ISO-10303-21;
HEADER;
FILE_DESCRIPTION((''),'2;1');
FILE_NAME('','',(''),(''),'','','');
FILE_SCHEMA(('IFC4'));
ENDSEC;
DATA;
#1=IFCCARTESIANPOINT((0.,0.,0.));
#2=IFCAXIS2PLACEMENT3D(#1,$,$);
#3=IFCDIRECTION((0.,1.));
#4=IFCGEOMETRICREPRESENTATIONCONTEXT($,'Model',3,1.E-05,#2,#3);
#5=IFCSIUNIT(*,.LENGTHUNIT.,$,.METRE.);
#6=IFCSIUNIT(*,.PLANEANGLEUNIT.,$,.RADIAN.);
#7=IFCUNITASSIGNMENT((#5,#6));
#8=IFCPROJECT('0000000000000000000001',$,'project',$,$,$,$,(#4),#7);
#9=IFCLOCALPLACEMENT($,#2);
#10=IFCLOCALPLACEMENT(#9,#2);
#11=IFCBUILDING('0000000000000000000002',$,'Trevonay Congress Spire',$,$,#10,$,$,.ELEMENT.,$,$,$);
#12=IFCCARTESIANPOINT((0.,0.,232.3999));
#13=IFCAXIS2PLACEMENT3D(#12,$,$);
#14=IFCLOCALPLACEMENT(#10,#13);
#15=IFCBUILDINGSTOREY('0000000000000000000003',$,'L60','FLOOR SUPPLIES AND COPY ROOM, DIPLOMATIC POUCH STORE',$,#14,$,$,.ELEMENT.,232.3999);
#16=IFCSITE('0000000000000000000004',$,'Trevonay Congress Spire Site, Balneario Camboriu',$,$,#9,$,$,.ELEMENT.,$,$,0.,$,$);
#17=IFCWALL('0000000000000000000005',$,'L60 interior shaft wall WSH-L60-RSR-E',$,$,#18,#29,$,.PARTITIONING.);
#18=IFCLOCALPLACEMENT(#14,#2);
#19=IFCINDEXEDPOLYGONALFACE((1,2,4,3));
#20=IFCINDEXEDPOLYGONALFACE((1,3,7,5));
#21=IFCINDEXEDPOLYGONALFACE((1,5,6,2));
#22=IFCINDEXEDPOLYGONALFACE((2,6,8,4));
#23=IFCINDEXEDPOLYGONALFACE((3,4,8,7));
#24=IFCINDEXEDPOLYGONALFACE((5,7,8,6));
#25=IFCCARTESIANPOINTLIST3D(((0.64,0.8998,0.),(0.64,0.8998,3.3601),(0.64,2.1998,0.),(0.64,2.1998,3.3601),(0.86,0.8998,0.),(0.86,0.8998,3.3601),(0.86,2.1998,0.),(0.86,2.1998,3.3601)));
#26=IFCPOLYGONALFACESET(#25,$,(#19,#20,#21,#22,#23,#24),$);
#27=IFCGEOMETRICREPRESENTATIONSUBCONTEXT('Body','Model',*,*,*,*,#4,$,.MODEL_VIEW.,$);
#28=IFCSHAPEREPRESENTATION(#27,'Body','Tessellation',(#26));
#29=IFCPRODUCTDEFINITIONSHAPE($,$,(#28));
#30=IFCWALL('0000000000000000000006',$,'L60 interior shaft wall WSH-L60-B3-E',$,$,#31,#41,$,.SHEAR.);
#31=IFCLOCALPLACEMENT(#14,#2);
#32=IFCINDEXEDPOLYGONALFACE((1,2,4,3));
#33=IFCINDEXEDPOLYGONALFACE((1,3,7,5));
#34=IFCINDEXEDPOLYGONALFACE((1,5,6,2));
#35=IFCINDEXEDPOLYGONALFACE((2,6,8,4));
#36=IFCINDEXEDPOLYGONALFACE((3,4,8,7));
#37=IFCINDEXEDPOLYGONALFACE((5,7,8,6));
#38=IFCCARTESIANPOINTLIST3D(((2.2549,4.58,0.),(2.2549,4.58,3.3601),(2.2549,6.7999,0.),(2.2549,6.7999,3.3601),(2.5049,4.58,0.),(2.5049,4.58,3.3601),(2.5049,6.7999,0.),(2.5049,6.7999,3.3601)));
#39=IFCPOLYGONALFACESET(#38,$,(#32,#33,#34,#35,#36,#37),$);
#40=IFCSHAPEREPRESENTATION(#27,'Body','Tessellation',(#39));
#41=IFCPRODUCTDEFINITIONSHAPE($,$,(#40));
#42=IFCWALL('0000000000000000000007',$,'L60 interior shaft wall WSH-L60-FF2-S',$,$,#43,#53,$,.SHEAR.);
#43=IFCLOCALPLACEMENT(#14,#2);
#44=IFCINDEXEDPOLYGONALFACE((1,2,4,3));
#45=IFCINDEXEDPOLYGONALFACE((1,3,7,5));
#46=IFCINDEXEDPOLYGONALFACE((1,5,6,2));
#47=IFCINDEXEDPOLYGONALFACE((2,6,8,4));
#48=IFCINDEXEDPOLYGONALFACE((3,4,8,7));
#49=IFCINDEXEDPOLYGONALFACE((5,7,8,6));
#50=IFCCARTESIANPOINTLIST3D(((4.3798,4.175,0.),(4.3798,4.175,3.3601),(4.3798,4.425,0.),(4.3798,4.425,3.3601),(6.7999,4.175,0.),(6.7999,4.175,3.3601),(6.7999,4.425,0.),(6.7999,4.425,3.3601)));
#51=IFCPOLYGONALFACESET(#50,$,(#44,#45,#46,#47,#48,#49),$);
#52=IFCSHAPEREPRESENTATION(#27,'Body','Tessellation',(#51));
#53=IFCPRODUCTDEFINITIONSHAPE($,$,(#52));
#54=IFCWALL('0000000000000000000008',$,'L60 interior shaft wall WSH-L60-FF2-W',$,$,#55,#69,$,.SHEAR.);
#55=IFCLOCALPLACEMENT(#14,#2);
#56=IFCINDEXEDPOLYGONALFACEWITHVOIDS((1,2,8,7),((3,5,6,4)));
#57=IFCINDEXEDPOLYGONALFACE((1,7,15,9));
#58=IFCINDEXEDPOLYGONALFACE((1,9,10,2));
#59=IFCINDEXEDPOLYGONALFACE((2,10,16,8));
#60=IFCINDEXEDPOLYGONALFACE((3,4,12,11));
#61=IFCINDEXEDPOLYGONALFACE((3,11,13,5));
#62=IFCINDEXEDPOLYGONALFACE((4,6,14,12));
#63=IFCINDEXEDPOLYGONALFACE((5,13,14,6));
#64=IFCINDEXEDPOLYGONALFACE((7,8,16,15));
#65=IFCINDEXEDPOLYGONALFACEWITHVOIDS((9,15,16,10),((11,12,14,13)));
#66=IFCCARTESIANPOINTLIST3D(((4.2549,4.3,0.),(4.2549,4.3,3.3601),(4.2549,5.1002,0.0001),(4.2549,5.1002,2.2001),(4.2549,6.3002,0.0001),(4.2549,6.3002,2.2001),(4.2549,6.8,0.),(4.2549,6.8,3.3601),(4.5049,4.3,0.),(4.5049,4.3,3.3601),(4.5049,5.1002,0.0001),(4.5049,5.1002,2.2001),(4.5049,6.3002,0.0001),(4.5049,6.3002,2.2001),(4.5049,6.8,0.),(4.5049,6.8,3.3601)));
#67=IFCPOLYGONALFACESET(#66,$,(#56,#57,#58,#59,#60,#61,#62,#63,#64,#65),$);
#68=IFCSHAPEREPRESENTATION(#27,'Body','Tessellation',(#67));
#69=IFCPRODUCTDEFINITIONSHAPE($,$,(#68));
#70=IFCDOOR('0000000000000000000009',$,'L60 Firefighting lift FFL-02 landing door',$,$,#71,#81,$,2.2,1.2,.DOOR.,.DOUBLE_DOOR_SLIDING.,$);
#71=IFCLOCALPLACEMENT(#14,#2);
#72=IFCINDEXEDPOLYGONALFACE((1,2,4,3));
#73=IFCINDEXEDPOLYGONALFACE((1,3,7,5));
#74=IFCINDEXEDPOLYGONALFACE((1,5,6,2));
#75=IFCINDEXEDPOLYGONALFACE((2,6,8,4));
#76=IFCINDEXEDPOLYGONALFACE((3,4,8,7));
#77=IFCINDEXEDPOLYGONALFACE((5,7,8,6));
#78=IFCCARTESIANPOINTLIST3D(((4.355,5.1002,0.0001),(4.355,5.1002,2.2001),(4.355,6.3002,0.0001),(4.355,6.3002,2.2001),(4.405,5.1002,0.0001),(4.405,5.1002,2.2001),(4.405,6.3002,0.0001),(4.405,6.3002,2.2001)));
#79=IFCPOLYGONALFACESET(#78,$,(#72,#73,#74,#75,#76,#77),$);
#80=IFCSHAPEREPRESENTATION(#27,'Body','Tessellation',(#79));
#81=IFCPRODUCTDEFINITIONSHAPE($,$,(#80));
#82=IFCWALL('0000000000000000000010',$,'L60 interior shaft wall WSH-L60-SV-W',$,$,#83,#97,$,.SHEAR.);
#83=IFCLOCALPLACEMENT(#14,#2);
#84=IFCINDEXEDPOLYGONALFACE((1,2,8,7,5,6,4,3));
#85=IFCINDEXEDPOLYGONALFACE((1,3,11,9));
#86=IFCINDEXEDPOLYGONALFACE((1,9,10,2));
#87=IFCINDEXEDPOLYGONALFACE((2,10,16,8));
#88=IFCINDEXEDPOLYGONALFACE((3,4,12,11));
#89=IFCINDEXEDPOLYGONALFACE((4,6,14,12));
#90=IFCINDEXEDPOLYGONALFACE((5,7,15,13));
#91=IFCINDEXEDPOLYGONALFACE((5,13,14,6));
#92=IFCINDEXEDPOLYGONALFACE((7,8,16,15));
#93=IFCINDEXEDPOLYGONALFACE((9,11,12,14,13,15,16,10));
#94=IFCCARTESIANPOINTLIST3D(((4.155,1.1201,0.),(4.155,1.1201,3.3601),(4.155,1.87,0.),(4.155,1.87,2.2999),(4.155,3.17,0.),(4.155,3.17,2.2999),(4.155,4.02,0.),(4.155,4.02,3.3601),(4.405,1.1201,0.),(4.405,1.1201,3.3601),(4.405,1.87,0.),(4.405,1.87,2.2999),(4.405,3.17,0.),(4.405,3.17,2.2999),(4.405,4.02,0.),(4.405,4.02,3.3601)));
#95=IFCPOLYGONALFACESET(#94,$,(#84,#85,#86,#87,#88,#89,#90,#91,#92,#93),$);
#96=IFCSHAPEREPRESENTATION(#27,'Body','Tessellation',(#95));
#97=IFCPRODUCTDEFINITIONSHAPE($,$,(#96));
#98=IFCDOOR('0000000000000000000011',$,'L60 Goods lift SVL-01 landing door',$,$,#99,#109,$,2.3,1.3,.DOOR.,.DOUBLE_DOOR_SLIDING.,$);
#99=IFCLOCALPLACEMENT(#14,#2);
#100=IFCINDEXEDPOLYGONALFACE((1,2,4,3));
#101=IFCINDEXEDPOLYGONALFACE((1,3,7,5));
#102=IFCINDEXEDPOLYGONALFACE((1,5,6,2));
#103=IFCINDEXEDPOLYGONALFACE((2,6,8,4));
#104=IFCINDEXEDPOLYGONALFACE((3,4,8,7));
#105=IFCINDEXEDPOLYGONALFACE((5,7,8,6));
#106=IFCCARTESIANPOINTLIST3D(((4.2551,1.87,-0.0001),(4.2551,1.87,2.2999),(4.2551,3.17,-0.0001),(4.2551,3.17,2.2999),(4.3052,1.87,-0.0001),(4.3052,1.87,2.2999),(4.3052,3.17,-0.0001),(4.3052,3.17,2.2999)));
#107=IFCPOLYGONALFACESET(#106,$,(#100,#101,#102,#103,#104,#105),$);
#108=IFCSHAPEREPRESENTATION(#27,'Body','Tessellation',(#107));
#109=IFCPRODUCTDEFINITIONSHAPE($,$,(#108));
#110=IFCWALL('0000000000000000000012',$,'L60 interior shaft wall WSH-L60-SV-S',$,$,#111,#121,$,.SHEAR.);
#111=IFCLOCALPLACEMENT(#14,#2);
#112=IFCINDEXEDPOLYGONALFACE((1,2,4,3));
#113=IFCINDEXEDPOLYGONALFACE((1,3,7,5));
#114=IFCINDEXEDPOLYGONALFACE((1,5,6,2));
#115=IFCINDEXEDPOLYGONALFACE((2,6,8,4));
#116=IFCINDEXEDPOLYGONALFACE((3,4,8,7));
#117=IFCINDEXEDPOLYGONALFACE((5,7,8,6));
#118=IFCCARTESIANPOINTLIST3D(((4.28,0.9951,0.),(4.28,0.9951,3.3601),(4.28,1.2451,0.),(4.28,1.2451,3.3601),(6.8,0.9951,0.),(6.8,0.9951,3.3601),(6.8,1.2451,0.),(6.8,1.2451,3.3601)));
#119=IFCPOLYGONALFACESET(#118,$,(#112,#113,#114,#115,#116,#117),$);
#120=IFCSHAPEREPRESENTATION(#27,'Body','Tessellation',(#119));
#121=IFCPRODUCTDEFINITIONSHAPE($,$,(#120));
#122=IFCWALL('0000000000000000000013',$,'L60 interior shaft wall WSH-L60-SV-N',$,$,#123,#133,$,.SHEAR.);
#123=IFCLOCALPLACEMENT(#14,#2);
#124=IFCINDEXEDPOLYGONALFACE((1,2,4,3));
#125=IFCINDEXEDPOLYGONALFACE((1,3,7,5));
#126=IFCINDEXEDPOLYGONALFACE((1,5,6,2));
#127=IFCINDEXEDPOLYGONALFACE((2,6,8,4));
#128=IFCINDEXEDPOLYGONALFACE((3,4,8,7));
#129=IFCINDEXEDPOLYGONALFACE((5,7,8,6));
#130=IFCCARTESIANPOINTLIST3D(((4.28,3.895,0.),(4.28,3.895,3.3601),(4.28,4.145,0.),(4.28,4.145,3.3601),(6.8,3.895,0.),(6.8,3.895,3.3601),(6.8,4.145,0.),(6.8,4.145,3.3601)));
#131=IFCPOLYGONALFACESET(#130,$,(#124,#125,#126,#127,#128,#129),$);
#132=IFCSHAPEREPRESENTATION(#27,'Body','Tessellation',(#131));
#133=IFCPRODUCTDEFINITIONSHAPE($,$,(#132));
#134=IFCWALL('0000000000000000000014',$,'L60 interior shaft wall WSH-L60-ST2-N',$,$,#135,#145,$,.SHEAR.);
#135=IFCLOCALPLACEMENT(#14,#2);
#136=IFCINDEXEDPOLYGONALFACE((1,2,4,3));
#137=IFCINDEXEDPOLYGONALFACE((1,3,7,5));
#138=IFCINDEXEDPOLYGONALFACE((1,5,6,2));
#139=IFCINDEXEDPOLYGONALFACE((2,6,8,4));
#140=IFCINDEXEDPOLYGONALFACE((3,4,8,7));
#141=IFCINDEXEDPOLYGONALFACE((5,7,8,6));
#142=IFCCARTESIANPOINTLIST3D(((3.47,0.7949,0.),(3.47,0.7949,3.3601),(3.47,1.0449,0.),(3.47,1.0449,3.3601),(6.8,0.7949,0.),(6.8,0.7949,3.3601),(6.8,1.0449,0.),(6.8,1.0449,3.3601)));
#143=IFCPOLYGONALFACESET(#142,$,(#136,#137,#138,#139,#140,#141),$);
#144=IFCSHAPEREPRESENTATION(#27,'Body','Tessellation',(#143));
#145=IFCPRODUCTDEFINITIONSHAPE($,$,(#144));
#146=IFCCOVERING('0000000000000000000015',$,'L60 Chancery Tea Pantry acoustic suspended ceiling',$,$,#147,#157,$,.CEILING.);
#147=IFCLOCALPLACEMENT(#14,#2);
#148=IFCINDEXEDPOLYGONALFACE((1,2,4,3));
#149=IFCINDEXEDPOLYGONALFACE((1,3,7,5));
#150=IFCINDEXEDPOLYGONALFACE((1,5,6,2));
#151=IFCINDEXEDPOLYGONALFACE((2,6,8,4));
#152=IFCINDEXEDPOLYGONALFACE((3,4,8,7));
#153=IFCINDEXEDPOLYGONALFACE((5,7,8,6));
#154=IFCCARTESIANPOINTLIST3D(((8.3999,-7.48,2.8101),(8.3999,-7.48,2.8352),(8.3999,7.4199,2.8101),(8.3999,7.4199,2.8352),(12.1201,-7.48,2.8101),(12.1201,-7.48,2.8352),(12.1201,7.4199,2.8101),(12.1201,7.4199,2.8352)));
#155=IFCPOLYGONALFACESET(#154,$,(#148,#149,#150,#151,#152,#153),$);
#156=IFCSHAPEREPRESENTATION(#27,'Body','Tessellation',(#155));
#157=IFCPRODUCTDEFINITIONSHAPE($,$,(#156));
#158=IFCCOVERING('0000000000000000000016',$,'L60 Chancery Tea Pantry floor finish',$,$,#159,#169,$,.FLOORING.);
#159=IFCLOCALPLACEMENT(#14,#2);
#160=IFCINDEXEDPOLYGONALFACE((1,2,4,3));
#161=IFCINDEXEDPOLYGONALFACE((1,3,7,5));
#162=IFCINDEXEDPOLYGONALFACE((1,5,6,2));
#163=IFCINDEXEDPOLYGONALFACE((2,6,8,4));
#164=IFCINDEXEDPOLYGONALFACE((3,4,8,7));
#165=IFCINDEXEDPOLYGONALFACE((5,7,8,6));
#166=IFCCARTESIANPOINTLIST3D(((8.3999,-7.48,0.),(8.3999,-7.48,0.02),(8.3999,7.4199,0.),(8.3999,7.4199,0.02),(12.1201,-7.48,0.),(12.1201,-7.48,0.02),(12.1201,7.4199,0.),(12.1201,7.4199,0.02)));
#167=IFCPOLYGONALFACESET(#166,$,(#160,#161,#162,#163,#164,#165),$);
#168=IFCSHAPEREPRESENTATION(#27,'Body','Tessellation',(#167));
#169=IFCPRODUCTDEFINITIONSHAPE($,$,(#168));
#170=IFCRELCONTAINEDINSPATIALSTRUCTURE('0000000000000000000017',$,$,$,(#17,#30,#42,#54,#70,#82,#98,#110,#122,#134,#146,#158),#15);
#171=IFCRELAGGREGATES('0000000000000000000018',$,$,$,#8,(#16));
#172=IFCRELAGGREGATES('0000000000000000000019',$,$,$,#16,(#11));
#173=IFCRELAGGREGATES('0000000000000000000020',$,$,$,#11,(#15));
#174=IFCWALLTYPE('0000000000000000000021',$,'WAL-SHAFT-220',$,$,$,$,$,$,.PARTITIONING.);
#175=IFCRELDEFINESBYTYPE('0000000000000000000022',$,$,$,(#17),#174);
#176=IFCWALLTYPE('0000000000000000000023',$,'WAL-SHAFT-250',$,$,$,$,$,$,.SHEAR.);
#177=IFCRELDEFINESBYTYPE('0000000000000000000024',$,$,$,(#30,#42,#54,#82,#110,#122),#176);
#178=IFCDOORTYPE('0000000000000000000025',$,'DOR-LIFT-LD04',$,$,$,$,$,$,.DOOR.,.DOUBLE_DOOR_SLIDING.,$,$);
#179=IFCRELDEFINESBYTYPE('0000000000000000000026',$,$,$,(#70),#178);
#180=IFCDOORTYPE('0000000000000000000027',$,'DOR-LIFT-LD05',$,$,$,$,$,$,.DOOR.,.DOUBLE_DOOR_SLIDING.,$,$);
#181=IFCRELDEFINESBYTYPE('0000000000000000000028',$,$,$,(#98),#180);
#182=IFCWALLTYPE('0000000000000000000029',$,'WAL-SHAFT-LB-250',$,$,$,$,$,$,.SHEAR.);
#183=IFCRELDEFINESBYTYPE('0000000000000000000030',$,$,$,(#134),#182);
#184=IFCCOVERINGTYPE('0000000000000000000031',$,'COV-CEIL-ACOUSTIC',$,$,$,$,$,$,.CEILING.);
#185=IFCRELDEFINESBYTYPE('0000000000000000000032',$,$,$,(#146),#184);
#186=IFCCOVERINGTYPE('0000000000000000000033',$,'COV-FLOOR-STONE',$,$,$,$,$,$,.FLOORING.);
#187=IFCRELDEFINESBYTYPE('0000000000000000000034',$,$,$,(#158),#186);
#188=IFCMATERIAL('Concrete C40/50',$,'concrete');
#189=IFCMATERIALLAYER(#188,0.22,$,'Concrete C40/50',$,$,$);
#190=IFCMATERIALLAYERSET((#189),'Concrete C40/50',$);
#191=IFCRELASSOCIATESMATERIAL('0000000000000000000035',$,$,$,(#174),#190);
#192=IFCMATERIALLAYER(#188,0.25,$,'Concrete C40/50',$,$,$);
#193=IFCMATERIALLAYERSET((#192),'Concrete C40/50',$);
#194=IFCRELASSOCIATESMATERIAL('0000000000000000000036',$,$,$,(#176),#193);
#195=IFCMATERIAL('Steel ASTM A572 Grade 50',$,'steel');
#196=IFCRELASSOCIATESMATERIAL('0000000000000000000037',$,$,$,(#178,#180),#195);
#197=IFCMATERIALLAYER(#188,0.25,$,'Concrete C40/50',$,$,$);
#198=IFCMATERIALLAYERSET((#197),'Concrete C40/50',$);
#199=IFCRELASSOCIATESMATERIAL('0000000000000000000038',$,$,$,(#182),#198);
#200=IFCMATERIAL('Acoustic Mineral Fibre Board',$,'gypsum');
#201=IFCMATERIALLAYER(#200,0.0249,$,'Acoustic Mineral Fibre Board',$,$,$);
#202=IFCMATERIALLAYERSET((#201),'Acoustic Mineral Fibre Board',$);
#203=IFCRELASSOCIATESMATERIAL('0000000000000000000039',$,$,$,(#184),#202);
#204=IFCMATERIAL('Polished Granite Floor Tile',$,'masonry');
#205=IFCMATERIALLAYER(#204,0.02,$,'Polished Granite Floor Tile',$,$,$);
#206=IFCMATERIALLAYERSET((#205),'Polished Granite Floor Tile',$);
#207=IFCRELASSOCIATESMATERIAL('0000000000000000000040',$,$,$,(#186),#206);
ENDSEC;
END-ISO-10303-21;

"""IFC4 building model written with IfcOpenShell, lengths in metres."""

from ifc_helpers import new_model, si_unit, direction, frame, frame_2d, origin, place, context, subcontext, project, spatial, polyline, rectangle, outline, extrude, material, layer, layer_set, type_object, element, fill, save


model = new_model("IFC4")

# Units and contexts
model_context = context("Model", 3, precision=1e-05, world=origin(), true_north=direction((0.0, 1.0)))
body_context = subcontext(model_context, "Body", "Model", "MODEL_VIEW")
ifc_project = project(units=[si_unit("LENGTHUNIT", "METRE"), si_unit("PLANEANGLEUNIT", "RADIAN")], contexts=[model_context])

# Site, building, storey
site_placement = place(None, origin())
site = spatial("IfcSite", under=ifc_project, at=site_placement, Name="Trevonay Congress Spire Site, Balneario Camboriu", CompositionType="ELEMENT", RefElevation=0.0)
building_placement = place(site_placement, origin())
building = spatial("IfcBuilding", under=site, at=building_placement, Name="Trevonay Congress Spire", CompositionType="ELEMENT")
storey_placement = place(building_placement, frame((0.0, 0.0, 232.3999)))
storey = spatial("IfcBuildingStorey", under=building, at=storey_placement, Name="L60", Description="FLOOR SUPPLIES AND COPY ROOM, DIPLOMATIC POUCH STORE", CompositionType="ELEMENT", Elevation=232.3999)

# Shared definitions
ifc_material_1 = material(Name="Steel ASTM A572 Grade 50", Category="steel")

# Walls
ifc_material_2 = material(Name="Concrete C40/50", Category="concrete")
ifc_layer_1 = layer(ifc_material_2, 0.22, Name="Concrete C40/50")
ifc_layer_set_1 = layer_set([ifc_layer_1], Name="Concrete C40/50")
wall_type_1 = type_object("IfcWallType", Name="WAL-SHAFT-220", PredefinedType="PARTITIONING", material=ifc_layer_set_1)
wall_1_placement = place(storey_placement, frame((0.75, 0.8999, 0.0), z_axis=(0.0, 0.0, 1.0), x_axis=(0.0, 1.0, 0.0)))
element("IfcWall", 1, at=wall_1_placement, inside=storey, type_object=wall_type_1, Name="L60 interior shaft wall WSH-L60-RSR-E", PredefinedType="PARTITIONING", context=body_context, shape_type="SweptSolid", body=[
    extrude(rectangle(XDim=1.3, YDim=0.22, at=frame_2d((0.6499, 0.0))), origin(), (0.0, 0.0, 1.0), 3.3601),
])
ifc_layer_2 = layer(ifc_material_2, 0.25, Name="Concrete C40/50")
ifc_layer_set_2 = layer_set([ifc_layer_2], Name="Concrete C40/50")
wall_type_2 = type_object("IfcWallType", Name="WAL-SHAFT-250", PredefinedType="SHEAR", material=ifc_layer_set_2)
wall_2_placement = place(storey_placement, frame((2.3799, 4.5801, 0.0), z_axis=(0.0, 0.0, 1.0), x_axis=(0.0, 1.0, 0.0)))
element("IfcWall", 2, at=wall_2_placement, inside=storey, type_object=wall_type_2, Name="L60 interior shaft wall WSH-L60-B3-E", PredefinedType="SHEAR", context=body_context, shape_type="SweptSolid", body=[
    extrude(rectangle(XDim=2.22, YDim=0.25, at=frame_2d((1.1099, 0.0))), origin(), (0.0, 0.0, 1.0), 3.3601),
])
wall_3_placement = place(storey_placement, frame((4.3799, 4.3, 0.0), z_axis=(0.0, 0.0, 1.0), x_axis=(1.0, 0.0, 0.0)))
element("IfcWall", 3, at=wall_3_placement, inside=storey, type_object=wall_type_2, Name="L60 interior shaft wall WSH-L60-FF2-S", PredefinedType="SHEAR", context=body_context, shape_type="SweptSolid", body=[
    extrude(rectangle(XDim=2.4202, YDim=0.25, at=frame_2d((1.21, 0.0))), origin(), (0.0, 0.0, 1.0), 3.3601),
])

# Walls, openings, doors
wall_4_placement = place(storey_placement, frame((4.3799, 4.3, 0.0), z_axis=(0.0, 0.0, 1.0), x_axis=(0.0, 1.0, 0.0)))
wall_4 = element("IfcWall", 4, at=wall_4_placement, inside=storey, type_object=wall_type_2, Name="L60 interior shaft wall WSH-L60-FF2-W", PredefinedType="SHEAR", context=body_context, shape_type="SweptSolid", body=[
    extrude(rectangle(XDim=2.5, YDim=0.25, at=frame_2d((1.25, 0.0))), origin(), (0.0, 0.0, 1.0), 3.3601),
])
opening_1_placement = place(wall_4_placement, frame((0.8, 0.0, 0.0)))
opening_1 = element("IfcOpeningElement", 5, at=opening_1_placement, cuts=wall_4, PredefinedType="OPENING", context=body_context, shape_type="SweptSolid", body=[
    extrude(rectangle(XDim=1.2, YDim=2.2, at=frame_2d((0.6001, 1.1001))), frame((0.0, 0.135, 0.0), z_axis=(0.0, -1.0, 0.0), x_axis=(1.0, 0.0, 0.0)), (0.0, 0.0, 1.0), 0.27),
])
door_type_1 = type_object("IfcDoorType", Name="DOR-LIFT-LD04", OperationType="DOUBLE_DOOR_SLIDING", PredefinedType="DOOR", material=ifc_material_1)
door_1_placement = place(opening_1_placement, origin())
door_1 = element("IfcDoor", 6, at=door_1_placement, inside=storey, type_object=door_type_1, Name="L60 Firefighting lift FFL-02 landing door", OperationType="DOUBLE_DOOR_SLIDING", OverallHeight=2.2, OverallWidth=1.2, PredefinedType="DOOR", context=body_context, shape_type="SweptSolid", body=[
    extrude(rectangle(XDim=1.2, YDim=2.2, at=frame_2d((0.6001, 1.1001))), frame((0.0, 0.0249, 0.0), z_axis=(0.0, -1.0, 0.0), x_axis=(1.0, 0.0, 0.0)), (0.0, 0.0, 1.0), 0.05),
])
fill(opening_1, door_1)
wall_5_placement = place(storey_placement, frame((4.28, 1.1201, 0.0), z_axis=(0.0, 0.0, 1.0), x_axis=(0.0, 1.0, 0.0)))
wall_5 = element("IfcWall", 7, at=wall_5_placement, inside=storey, type_object=wall_type_2, Name="L60 interior shaft wall WSH-L60-SV-W", PredefinedType="SHEAR", context=body_context, shape_type="SweptSolid", body=[
    extrude(rectangle(XDim=2.8999, YDim=0.25, at=frame_2d((1.45, 0.0))), origin(), (0.0, 0.0, 1.0), 3.3601),
])
opening_2_placement = place(wall_5_placement, frame((0.75, 0.0, 0.0)))
opening_2 = element("IfcOpeningElement", 8, at=opening_2_placement, cuts=wall_5, PredefinedType="OPENING", context=body_context, shape_type="SweptSolid", body=[
    extrude(rectangle(XDim=1.3, YDim=2.3, at=frame_2d((0.6499, 1.1499))), frame((0.0, 0.135, 0.0), z_axis=(0.0, -1.0, 0.0), x_axis=(1.0, 0.0, 0.0)), (0.0, 0.0, 1.0), 0.27),
])
door_type_2 = type_object("IfcDoorType", Name="DOR-LIFT-LD05", OperationType="DOUBLE_DOOR_SLIDING", PredefinedType="DOOR", material=ifc_material_1)
door_2_placement = place(opening_2_placement, origin())
door_2 = element("IfcDoor", 9, at=door_2_placement, inside=storey, type_object=door_type_2, Name="L60 Goods lift SVL-01 landing door", OperationType="DOUBLE_DOOR_SLIDING", OverallHeight=2.3, OverallWidth=1.3, PredefinedType="DOOR", context=body_context, shape_type="SweptSolid", body=[
    extrude(rectangle(XDim=1.3, YDim=2.3, at=frame_2d((0.6499, 1.1499))), frame((0.0, 0.0249, 0.0), z_axis=(0.0, -1.0, 0.0), x_axis=(1.0, 0.0, 0.0)), (0.0, 0.0, 1.0), 0.05),
])
fill(opening_2, door_2)

# Walls
for number, where, z_axis, x_axis, name in (
    (10, (4.28, 1.1201, 0.0), (0.0, 0.0, 1.0), (1.0, 0.0, 0.0), "L60 interior shaft wall WSH-L60-SV-S"),
    (11, (4.28, 4.02, 0.0), (0.0, 0.0, 1.0), (1.0, 0.0, 0.0), "L60 interior shaft wall WSH-L60-SV-N"),
):
    element("IfcWall", number, at=place(storey_placement, frame(where, z_axis=z_axis, x_axis=x_axis)), inside=storey, type_object=wall_type_2, Name=name, PredefinedType="SHEAR", context=body_context, shape_type="SweptSolid", body=[
        extrude(rectangle(XDim=2.52, YDim=0.25, at=frame_2d((1.26, 0.0))), origin(), (0.0, 0.0, 1.0), 3.3601),
    ])
ifc_layer_3 = layer(ifc_material_2, 0.25, Name="Concrete C40/50")
ifc_layer_set_3 = layer_set([ifc_layer_3], Name="Concrete C40/50")
wall_type_3 = type_object("IfcWallType", Name="WAL-SHAFT-LB-250", PredefinedType="SHEAR", material=ifc_layer_set_3)
wall_6_placement = place(storey_placement, frame((3.47, 0.9199, 0.0), z_axis=(0.0, 0.0, 1.0), x_axis=(1.0, 0.0, 0.0)))
element("IfcWall", 12, at=wall_6_placement, inside=storey, type_object=wall_type_3, Name="L60 interior shaft wall WSH-L60-ST2-N", PredefinedType="SHEAR", context=body_context, shape_type="SweptSolid", body=[
    extrude(rectangle(XDim=3.3301, YDim=0.25, at=frame_2d((1.665, 0.0))), origin(), (0.0, 0.0, 1.0), 3.3601),
])

# Coverings
ifc_material_3 = material(Name="Acoustic Mineral Fibre Board", Category="gypsum")
ifc_layer_4 = layer(ifc_material_3, 0.0249, Name="Acoustic Mineral Fibre Board")
ifc_layer_set_4 = layer_set([ifc_layer_4], Name="Acoustic Mineral Fibre Board")
covering_type_1 = type_object("IfcCoveringType", Name="COV-CEIL-ACOUSTIC", PredefinedType="CEILING", material=ifc_layer_set_4)
covering_1_placement = place(storey_placement, frame((0.0, 0.0, 2.8101)))
element("IfcCovering", 13, at=covering_1_placement, inside=storey, type_object=covering_type_1, Name="L60 Chancery Tea Pantry acoustic suspended ceiling", PredefinedType="CEILING", context=body_context, shape_type="SweptSolid", body=[
    extrude(outline(polyline([(8.3999, -7.48), (12.1201, -7.48), (12.1201, 7.4199), (8.3999, 7.4199), (8.3999, -7.48)])), origin(), (0.0, 0.0, 1.0), 0.0251),
])
ifc_material_4 = material(Name="Polished Granite Floor Tile", Category="masonry")
ifc_layer_5 = layer(ifc_material_4, 0.02, Name="Polished Granite Floor Tile")
ifc_layer_set_5 = layer_set([ifc_layer_5], Name="Polished Granite Floor Tile")
covering_type_2 = type_object("IfcCoveringType", Name="COV-FLOOR-STONE", PredefinedType="FLOORING", material=ifc_layer_set_5)
covering_2_placement = place(storey_placement, origin())
element("IfcCovering", 14, at=covering_2_placement, inside=storey, type_object=covering_type_2, Name="L60 Chancery Tea Pantry floor finish", PredefinedType="FLOORING", context=body_context, shape_type="SweptSolid", body=[
    extrude(outline(polyline([(8.3999, -7.48), (12.1201, -7.48), (12.1201, 7.4199), (8.3999, 7.4199), (8.3999, -7.48)])), origin(), (0.0, 0.0, 1.0), 0.02),
])

save(model, "model.ifc")
